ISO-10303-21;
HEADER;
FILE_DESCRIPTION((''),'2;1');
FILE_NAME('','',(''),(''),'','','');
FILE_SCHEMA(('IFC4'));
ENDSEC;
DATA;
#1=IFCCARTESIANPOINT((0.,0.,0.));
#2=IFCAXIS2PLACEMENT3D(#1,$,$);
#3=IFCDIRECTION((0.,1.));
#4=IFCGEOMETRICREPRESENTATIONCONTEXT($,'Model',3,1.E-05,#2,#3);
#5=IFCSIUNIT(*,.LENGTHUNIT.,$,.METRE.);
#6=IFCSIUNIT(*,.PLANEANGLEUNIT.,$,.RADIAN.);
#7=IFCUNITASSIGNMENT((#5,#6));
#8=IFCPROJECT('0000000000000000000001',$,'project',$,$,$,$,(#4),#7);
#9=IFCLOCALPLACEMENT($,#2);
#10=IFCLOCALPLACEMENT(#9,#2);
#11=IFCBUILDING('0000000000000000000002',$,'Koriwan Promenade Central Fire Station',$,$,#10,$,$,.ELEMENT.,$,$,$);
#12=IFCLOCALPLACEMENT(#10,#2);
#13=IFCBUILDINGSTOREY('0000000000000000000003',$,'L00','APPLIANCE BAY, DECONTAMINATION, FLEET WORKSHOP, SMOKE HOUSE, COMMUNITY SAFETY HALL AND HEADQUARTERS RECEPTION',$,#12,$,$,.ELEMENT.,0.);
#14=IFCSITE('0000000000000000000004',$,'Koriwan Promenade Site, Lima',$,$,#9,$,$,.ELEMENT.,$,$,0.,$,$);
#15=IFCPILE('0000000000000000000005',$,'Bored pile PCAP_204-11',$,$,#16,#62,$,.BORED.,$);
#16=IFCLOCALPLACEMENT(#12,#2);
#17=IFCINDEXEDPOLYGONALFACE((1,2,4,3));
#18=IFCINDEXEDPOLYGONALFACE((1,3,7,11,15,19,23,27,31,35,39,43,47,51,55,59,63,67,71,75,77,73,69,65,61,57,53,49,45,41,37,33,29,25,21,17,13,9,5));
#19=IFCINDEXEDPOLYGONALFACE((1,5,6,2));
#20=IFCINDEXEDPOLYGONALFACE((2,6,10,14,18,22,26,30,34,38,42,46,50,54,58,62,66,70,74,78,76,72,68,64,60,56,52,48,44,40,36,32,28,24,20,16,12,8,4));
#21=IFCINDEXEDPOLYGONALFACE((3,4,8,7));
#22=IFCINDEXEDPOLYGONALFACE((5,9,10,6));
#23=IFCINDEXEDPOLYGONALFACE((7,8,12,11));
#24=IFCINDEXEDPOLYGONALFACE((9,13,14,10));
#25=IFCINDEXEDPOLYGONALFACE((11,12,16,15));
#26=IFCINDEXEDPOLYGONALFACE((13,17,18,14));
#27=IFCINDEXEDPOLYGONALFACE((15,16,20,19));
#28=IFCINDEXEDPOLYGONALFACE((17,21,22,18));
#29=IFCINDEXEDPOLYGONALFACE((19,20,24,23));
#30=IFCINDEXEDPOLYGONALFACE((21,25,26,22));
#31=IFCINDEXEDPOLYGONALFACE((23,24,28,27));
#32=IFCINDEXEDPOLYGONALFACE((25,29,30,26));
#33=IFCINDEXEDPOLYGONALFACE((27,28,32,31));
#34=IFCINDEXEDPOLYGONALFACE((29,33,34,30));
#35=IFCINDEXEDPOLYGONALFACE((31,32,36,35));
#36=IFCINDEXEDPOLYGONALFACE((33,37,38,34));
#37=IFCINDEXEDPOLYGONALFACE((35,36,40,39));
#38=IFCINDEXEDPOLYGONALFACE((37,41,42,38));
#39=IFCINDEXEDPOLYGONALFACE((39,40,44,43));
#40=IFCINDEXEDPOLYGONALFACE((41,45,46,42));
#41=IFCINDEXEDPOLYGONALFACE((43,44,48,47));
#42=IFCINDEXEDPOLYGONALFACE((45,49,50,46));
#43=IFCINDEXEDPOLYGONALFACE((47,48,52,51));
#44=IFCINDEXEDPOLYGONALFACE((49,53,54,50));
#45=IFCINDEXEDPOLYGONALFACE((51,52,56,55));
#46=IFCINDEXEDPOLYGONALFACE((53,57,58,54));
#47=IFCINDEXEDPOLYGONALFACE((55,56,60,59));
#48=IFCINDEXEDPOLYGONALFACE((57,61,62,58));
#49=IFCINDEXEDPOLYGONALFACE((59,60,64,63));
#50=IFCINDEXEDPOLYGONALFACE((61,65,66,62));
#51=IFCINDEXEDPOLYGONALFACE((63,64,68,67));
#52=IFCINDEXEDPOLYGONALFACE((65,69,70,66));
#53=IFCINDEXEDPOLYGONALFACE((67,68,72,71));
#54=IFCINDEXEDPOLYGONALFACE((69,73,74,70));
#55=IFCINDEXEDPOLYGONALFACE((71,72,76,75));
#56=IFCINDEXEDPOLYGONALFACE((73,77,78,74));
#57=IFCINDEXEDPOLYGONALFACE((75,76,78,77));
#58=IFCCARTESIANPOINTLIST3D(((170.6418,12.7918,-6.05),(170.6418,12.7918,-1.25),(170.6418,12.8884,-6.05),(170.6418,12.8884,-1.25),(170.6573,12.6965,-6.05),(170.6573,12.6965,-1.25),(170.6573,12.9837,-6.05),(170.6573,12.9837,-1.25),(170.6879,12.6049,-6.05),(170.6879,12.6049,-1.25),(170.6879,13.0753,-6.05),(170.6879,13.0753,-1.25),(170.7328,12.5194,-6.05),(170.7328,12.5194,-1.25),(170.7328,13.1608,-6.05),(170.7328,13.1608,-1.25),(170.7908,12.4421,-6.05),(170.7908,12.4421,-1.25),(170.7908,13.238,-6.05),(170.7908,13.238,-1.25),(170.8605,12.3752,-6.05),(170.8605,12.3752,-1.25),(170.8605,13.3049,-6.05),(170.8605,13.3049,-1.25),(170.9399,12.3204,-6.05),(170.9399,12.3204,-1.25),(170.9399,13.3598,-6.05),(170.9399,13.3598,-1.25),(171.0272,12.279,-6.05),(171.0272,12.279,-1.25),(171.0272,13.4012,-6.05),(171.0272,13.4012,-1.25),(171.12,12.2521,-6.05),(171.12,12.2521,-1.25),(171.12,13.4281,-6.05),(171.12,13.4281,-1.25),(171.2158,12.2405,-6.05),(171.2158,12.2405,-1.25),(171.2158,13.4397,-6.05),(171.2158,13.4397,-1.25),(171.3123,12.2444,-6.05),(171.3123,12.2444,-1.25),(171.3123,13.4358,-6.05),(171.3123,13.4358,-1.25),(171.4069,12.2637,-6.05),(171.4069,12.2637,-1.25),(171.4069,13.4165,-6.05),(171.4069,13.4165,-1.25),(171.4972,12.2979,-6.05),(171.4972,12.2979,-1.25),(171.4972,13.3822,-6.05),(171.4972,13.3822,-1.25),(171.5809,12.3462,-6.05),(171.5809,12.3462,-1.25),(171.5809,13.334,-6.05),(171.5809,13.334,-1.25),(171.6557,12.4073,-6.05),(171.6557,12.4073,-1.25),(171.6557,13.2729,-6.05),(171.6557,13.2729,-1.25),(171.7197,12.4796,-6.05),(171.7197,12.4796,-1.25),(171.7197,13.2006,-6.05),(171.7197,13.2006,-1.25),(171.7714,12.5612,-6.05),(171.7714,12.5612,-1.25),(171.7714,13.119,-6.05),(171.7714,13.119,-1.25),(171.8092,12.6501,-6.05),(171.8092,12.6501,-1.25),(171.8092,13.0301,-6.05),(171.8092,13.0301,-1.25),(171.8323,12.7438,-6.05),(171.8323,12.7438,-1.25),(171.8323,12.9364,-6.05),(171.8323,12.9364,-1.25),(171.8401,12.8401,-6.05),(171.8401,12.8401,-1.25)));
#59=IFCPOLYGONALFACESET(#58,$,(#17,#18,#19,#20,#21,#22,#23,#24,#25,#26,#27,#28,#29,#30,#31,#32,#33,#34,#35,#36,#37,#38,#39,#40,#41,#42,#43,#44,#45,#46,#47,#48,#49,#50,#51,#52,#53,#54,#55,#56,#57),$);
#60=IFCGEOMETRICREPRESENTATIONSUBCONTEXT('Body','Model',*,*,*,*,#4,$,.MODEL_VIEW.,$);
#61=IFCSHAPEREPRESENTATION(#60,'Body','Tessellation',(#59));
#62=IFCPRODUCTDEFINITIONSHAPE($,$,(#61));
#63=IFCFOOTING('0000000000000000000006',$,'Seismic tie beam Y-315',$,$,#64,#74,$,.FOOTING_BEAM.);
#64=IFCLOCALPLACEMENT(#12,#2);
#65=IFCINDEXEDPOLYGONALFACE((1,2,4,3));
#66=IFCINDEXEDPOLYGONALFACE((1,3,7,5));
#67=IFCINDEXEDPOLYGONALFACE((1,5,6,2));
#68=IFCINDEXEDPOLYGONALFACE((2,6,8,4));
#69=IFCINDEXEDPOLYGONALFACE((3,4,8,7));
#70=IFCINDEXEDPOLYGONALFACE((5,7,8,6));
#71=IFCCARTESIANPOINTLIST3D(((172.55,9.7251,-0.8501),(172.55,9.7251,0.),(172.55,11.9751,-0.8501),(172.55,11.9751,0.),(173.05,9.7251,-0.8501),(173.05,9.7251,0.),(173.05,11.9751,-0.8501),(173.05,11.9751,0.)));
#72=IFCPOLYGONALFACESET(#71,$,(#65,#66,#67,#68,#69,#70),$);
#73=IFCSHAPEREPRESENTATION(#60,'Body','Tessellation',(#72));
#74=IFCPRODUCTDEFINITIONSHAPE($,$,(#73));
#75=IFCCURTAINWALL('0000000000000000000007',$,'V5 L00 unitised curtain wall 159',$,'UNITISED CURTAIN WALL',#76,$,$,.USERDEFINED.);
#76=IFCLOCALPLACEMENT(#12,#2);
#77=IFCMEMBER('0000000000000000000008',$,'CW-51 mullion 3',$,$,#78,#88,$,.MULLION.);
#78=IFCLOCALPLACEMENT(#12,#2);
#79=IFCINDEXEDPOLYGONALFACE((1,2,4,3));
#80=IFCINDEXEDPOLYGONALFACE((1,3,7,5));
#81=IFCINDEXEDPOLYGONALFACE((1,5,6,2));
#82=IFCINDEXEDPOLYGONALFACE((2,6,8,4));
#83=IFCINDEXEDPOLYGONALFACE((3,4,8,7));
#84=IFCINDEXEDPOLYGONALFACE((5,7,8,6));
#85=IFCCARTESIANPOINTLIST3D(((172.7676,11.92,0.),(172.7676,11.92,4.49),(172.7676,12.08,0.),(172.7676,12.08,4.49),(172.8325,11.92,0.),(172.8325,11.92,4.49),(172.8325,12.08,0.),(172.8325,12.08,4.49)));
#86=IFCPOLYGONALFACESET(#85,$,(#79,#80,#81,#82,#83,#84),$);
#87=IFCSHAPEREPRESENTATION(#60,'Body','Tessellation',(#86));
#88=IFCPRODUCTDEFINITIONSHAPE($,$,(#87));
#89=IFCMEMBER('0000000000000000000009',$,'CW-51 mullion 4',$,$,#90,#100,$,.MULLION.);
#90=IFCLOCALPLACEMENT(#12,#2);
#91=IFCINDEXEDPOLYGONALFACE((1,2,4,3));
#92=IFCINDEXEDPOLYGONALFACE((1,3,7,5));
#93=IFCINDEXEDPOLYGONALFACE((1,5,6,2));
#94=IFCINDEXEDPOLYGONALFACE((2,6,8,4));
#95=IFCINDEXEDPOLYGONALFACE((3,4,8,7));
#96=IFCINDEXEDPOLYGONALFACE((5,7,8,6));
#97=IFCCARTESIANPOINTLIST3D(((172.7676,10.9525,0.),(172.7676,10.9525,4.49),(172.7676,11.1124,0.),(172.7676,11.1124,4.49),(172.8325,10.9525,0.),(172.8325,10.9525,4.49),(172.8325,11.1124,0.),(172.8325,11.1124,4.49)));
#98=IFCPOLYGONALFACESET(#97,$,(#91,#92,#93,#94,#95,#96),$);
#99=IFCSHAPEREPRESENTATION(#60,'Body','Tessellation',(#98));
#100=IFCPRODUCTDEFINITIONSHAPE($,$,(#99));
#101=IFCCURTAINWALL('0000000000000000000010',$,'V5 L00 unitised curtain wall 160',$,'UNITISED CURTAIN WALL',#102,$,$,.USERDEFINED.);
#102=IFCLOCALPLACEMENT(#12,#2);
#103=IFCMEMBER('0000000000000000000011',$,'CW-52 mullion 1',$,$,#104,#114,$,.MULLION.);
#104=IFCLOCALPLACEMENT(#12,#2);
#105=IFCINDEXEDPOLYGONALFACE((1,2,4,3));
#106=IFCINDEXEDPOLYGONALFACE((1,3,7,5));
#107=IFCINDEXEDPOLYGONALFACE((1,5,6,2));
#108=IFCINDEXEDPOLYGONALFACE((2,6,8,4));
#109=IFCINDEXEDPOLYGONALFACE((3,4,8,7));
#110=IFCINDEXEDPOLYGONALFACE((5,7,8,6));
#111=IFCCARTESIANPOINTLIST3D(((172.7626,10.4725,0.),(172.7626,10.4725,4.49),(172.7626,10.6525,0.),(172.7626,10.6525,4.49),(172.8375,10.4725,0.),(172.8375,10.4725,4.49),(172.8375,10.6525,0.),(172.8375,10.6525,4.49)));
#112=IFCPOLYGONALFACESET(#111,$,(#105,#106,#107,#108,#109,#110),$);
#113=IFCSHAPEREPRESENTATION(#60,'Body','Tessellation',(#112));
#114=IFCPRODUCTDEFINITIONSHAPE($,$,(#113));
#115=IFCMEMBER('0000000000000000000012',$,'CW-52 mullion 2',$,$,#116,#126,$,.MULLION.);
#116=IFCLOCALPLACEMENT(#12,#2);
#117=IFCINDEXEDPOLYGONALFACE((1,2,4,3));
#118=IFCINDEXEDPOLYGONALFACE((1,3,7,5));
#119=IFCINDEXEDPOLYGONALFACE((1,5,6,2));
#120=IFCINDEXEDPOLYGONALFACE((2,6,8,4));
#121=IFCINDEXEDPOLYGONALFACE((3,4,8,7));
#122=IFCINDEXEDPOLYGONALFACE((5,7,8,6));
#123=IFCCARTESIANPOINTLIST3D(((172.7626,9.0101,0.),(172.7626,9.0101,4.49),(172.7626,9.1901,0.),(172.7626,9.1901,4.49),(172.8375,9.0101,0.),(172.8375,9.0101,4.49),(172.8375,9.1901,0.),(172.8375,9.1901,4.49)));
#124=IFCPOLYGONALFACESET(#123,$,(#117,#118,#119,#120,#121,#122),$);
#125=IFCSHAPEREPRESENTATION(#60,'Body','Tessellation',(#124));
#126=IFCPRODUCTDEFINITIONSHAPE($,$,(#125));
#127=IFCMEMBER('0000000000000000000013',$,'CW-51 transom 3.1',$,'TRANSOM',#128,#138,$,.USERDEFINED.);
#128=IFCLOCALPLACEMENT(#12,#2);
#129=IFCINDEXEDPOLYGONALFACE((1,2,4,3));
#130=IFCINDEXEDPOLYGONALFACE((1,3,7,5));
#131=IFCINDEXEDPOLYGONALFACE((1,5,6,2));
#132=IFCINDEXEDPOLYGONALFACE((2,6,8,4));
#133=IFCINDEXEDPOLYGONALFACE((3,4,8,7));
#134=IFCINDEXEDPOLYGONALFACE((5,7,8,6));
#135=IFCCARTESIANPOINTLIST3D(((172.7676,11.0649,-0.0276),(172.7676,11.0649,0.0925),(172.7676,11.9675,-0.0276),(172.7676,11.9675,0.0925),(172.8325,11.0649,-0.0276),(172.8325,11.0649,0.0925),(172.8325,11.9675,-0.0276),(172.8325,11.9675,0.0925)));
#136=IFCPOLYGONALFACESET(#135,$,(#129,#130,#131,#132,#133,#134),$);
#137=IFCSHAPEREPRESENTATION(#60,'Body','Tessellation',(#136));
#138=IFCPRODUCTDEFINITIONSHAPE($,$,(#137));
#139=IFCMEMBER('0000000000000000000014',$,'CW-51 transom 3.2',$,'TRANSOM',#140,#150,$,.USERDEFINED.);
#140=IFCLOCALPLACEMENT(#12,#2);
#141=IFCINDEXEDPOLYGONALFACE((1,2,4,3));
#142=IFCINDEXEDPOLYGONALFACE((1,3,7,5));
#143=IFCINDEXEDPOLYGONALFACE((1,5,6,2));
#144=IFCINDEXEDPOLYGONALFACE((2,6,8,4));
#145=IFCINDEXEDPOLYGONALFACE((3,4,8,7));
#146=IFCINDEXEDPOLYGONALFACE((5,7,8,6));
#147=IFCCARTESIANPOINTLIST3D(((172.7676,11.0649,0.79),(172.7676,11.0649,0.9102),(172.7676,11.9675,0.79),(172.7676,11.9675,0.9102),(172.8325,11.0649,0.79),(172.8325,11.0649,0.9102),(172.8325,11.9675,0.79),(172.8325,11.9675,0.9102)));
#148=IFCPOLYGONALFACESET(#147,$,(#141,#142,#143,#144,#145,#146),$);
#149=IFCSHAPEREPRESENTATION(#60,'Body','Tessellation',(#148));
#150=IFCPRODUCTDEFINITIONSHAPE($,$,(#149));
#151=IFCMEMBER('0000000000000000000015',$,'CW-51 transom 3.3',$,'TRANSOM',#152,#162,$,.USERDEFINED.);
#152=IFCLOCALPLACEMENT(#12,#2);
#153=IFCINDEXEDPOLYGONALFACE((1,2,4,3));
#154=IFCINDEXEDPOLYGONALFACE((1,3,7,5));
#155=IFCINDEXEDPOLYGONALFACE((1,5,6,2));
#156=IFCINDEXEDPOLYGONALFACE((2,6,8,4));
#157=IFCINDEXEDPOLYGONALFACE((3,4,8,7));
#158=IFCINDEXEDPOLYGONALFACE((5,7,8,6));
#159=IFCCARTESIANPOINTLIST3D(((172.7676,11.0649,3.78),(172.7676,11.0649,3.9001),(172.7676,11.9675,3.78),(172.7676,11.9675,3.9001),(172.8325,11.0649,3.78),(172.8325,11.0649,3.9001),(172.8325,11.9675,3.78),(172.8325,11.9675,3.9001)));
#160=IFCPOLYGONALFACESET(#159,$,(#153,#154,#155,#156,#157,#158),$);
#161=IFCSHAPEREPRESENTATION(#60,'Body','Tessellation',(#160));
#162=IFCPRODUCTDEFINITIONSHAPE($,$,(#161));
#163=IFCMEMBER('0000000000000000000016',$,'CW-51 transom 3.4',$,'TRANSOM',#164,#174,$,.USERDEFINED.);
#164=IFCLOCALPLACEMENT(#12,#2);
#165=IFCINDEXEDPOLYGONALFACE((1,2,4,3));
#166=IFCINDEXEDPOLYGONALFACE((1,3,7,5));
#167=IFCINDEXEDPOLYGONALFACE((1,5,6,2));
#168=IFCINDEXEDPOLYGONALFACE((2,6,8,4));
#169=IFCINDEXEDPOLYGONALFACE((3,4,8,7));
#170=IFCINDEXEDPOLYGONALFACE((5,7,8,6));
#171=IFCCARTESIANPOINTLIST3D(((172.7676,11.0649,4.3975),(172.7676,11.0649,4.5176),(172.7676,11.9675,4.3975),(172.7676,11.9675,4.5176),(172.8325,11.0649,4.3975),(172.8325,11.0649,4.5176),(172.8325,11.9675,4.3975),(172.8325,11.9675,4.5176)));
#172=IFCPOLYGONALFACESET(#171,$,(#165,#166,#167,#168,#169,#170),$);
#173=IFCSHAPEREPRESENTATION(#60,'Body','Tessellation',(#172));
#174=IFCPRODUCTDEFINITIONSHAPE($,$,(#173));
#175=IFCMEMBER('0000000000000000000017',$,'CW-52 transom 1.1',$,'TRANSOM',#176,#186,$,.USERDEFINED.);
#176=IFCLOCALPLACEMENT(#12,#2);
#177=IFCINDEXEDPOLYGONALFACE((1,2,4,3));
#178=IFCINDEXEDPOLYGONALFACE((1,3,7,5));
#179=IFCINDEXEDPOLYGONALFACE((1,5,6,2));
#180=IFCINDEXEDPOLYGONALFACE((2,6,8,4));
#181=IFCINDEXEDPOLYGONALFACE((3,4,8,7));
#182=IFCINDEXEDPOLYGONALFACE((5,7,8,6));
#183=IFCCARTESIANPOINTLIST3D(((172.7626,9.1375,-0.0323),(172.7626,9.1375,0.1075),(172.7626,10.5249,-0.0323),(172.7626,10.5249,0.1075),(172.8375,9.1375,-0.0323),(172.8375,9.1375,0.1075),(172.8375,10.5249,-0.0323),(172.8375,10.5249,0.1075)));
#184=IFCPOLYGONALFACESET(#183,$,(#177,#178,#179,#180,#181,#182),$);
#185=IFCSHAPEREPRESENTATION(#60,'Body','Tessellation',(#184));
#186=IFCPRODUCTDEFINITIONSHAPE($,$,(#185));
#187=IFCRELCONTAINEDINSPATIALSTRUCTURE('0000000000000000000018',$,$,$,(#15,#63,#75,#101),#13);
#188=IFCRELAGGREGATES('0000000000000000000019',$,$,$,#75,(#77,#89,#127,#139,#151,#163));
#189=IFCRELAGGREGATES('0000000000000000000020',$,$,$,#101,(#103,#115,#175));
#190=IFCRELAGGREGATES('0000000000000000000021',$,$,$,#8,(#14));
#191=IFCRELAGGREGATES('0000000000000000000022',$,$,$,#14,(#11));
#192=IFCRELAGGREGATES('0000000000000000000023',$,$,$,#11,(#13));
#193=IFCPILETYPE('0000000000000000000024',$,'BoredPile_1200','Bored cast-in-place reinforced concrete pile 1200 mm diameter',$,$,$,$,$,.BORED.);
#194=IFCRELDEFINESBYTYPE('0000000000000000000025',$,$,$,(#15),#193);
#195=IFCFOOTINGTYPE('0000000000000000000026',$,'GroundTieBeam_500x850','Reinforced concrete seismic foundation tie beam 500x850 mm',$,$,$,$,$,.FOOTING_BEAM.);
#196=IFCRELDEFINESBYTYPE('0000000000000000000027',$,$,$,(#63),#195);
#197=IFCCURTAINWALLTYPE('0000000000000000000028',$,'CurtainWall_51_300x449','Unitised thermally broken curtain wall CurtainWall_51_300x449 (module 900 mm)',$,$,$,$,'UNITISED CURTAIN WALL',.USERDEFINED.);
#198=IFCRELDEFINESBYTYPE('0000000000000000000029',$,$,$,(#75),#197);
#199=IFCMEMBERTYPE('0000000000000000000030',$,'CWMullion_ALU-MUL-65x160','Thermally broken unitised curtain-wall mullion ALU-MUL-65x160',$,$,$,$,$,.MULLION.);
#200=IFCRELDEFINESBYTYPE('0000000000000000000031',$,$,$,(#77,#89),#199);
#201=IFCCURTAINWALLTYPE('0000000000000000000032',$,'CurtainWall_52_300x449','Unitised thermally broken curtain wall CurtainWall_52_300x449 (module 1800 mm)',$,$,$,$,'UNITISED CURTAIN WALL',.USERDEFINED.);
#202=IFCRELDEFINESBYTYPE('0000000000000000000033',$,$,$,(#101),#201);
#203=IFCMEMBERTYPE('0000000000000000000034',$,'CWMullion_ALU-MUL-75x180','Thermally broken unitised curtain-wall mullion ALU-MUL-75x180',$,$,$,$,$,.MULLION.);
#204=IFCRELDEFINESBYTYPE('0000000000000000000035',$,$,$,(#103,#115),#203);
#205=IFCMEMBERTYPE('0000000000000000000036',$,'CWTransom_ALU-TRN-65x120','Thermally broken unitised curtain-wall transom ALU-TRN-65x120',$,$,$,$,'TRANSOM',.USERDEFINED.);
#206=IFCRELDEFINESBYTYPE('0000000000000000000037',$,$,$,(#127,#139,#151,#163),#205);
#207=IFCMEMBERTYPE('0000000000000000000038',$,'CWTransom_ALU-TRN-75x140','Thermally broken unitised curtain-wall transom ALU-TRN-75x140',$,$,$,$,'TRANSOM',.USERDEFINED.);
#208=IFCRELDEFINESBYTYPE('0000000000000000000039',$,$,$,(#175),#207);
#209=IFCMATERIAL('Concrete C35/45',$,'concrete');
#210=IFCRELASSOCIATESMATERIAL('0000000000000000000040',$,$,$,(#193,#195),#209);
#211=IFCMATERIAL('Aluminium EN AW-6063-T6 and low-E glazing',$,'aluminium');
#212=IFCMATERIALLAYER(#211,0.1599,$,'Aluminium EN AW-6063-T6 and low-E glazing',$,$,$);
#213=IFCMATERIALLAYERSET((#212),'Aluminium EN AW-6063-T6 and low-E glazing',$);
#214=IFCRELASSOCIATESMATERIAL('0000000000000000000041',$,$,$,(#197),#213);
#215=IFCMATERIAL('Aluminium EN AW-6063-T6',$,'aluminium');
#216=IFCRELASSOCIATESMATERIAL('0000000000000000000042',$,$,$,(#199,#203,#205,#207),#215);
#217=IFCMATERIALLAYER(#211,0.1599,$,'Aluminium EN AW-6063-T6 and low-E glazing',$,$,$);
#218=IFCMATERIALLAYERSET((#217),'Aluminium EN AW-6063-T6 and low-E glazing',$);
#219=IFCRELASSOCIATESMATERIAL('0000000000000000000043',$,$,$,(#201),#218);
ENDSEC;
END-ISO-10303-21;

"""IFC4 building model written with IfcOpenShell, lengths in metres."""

from ifc_helpers import new_model, si_unit, direction, frame, origin, origin_2d, place, context, subcontext, project, spatial, rectangle, circle, extrude, material, layer, layer_set, material_profile, profile_set, type_object, element, aggregate, save


model = new_model("IFC4")

# Units and contexts
model_context = context("Model", 3, precision=1e-05, world=origin(), true_north=direction((0.0, 1.0)))
body_context = subcontext(model_context, "Body", "Model", "MODEL_VIEW")
ifc_project = project(units=[si_unit("LENGTHUNIT", "METRE"), si_unit("PLANEANGLEUNIT", "RADIAN")], contexts=[model_context])

# Site, building, storey
site_placement = place(None, origin())
site = spatial("IfcSite", under=ifc_project, at=site_placement, Name="Koriwan Promenade Site, Lima", CompositionType="ELEMENT", RefElevation=0.0)
building_placement = place(site_placement, origin())
building = spatial("IfcBuilding", under=site, at=building_placement, Name="Koriwan Promenade Central Fire Station", CompositionType="ELEMENT")
storey_placement = place(building_placement, origin())
storey = spatial("IfcBuildingStorey", under=building, at=storey_placement, Name="L00", Description="APPLIANCE BAY, DECONTAMINATION, FLEET WORKSHOP, SMOKE HOUSE, COMMUNITY SAFETY HALL AND HEADQUARTERS RECEPTION", CompositionType="ELEMENT", Elevation=0.0)

# Pile
ifc_material_1 = material(Name="Concrete C35/45", Category="concrete")
ifc_material_profile_1 = material_profile(ifc_material_1, circle(Radius=0.6001, at=origin_2d()), Name="PILE-D1200")
ifc_profile_set_1 = profile_set([ifc_material_profile_1], Name="Concrete C35/45")
pile_type = type_object("IfcPileType", Name="BoredPile_1200", Description="Bored cast-in-place reinforced concrete pile 1200 mm diameter", PredefinedType="BORED", material=ifc_profile_set_1)
pile_placement = place(storey_placement, frame((171.24, 12.8401, -1.25), z_axis=(0.0, 0.0, -1.0), x_axis=(1.0, 0.0, 0.0)))
element("IfcPile", 1, at=pile_placement, inside=storey, type_object=pile_type, Name="Bored pile PCAP_204-11", PredefinedType="BORED", context=body_context, shape_type="SweptSolid", body=[
    extrude(circle(Radius=0.6001, at=origin_2d()), origin(), (0.0, 0.0, 1.0), 4.8),
])

# Footing
footing_type = type_object("IfcFootingType", Name="GroundTieBeam_500x850", Description="Reinforced concrete seismic foundation tie beam 500x850 mm", PredefinedType="FOOTING_BEAM", material=ifc_material_1)
footing_placement = place(storey_placement, frame((172.8, 10.8501, -0.8501), z_axis=(0.0, 0.0, 1.0), x_axis=(0.0, 1.0, 0.0)))
element("IfcFooting", 2, at=footing_placement, inside=storey, type_object=footing_type, Name="Seismic tie beam Y-315", PredefinedType="FOOTING_BEAM", context=body_context, shape_type="SweptSolid", body=[
    extrude(rectangle(XDim=2.25, YDim=0.5, at=origin_2d()), origin(), (0.0, 0.0, 1.0), 0.8501),
])

# Curtain walls, members
ifc_material_2 = material(Name="Aluminium EN AW-6063-T6 and low-E glazing", Category="aluminium")
ifc_layer_1 = layer(ifc_material_2, 0.1599, Name="Aluminium EN AW-6063-T6 and low-E glazing")
ifc_layer_set_1 = layer_set([ifc_layer_1], Name="Aluminium EN AW-6063-T6 and low-E glazing")
curtain_wall_type_1 = type_object("IfcCurtainWallType", Name="CurtainWall_51_300x449", Description="Unitised thermally broken curtain wall CurtainWall_51_300x449 (module 900 mm)", ElementType="UNITISED CURTAIN WALL", PredefinedType="USERDEFINED", material=ifc_layer_set_1)
curtain_wall_1_placement = place(storey_placement, origin())
curtain_wall_1 = element("IfcCurtainWall", 3, at=curtain_wall_1_placement, inside=storey, type_object=curtain_wall_type_1, Name="V5 L00 unitised curtain wall 159", ObjectType="UNITISED CURTAIN WALL", PredefinedType="USERDEFINED")
ifc_material_3 = material(Name="Aluminium EN AW-6063-T6", Category="aluminium")
ifc_material_profile_2 = material_profile(ifc_material_3, rectangle(XDim=0.0649, YDim=0.1599, at=origin_2d()), Name="ALU-MUL-65x160")
ifc_profile_set_2 = profile_set([ifc_material_profile_2], Name="Aluminium EN AW-6063-T6")
member_type_1 = type_object("IfcMemberType", Name="CWMullion_ALU-MUL-65x160", Description="Thermally broken unitised curtain-wall mullion ALU-MUL-65x160", PredefinedType="MULLION", material=ifc_profile_set_2)
member_1_placement = place(storey_placement, frame((172.8, 12.0, 0.0), z_axis=(0.0, 0.0, 1.0), x_axis=(1.0, 0.0, 0.0)))
member_1 = element("IfcMember", 4, at=member_1_placement, type_object=member_type_1, Name="CW-51 mullion 3", PredefinedType="MULLION", context=body_context, shape_type="SweptSolid", body=[
    extrude(rectangle(XDim=0.0649, YDim=0.1599, at=origin_2d()), origin(), (0.0, 0.0, 1.0), 4.49),
])
member_2_placement = place(storey_placement, frame((172.8, 11.0325, 0.0), z_axis=(0.0, 0.0, 1.0), x_axis=(1.0, 0.0, 0.0)))
member_2 = element("IfcMember", 5, at=member_2_placement, type_object=member_type_1, Name="CW-51 mullion 4", PredefinedType="MULLION", context=body_context, shape_type="SweptSolid", body=[
    extrude(rectangle(XDim=0.0649, YDim=0.1599, at=origin_2d()), origin(), (0.0, 0.0, 1.0), 4.49),
])
ifc_layer_2 = layer(ifc_material_2, 0.1599, Name="Aluminium EN AW-6063-T6 and low-E glazing")
ifc_layer_set_2 = layer_set([ifc_layer_2], Name="Aluminium EN AW-6063-T6 and low-E glazing")
curtain_wall_type_2 = type_object("IfcCurtainWallType", Name="CurtainWall_52_300x449", Description="Unitised thermally broken curtain wall CurtainWall_52_300x449 (module 1800 mm)", ElementType="UNITISED CURTAIN WALL", PredefinedType="USERDEFINED", material=ifc_layer_set_2)
curtain_wall_2_placement = place(storey_placement, origin())
curtain_wall_2 = element("IfcCurtainWall", 6, at=curtain_wall_2_placement, inside=storey, type_object=curtain_wall_type_2, Name="V5 L00 unitised curtain wall 160", ObjectType="UNITISED CURTAIN WALL", PredefinedType="USERDEFINED")
ifc_material_profile_3 = material_profile(ifc_material_3, rectangle(XDim=0.075, YDim=0.1799, at=origin_2d()), Name="ALU-MUL-75x180")
ifc_profile_set_3 = profile_set([ifc_material_profile_3], Name="Aluminium EN AW-6063-T6")
member_type_2 = type_object("IfcMemberType", Name="CWMullion_ALU-MUL-75x180", Description="Thermally broken unitised curtain-wall mullion ALU-MUL-75x180", PredefinedType="MULLION", material=ifc_profile_set_3)
member_3_placement = place(storey_placement, frame((172.8, 10.5625, 0.0), z_axis=(0.0, 0.0, 1.0), x_axis=(1.0, 0.0, 0.0)))
member_3 = element("IfcMember", 7, at=member_3_placement, type_object=member_type_2, Name="CW-52 mullion 1", PredefinedType="MULLION", context=body_context, shape_type="SweptSolid", body=[
    extrude(rectangle(XDim=0.075, YDim=0.1799, at=origin_2d()), origin(), (0.0, 0.0, 1.0), 4.49),
])
member_4_placement = place(storey_placement, frame((172.8, 9.1001, 0.0), z_axis=(0.0, 0.0, 1.0), x_axis=(1.0, 0.0, 0.0)))
member_4 = element("IfcMember", 8, at=member_4_placement, type_object=member_type_2, Name="CW-52 mullion 2", PredefinedType="MULLION", context=body_context, shape_type="SweptSolid", body=[
    extrude(rectangle(XDim=0.075, YDim=0.1799, at=origin_2d()), origin(), (0.0, 0.0, 1.0), 4.49),
])

# Members
ifc_material_profile_4 = material_profile(ifc_material_3, rectangle(XDim=0.0649, YDim=0.1201, at=origin_2d()), Name="ALU-TRN-65x120")
ifc_profile_set_4 = profile_set([ifc_material_profile_4], Name="Aluminium EN AW-6063-T6")
member_type_3 = type_object("IfcMemberType", Name="CWTransom_ALU-TRN-65x120", Description="Thermally broken unitised curtain-wall transom ALU-TRN-65x120", ElementType="TRANSOM", PredefinedType="USERDEFINED", material=ifc_profile_set_4)
member_5_placement = place(storey_placement, frame((172.8, 11.9675, 0.0325), z_axis=(0.0, -1.0, 0.0), x_axis=(1.0, 0.0, 0.0)))
member_5 = element("IfcMember", 9, at=member_5_placement, type_object=member_type_3, Name="CW-51 transom 3.1", ObjectType="TRANSOM", PredefinedType="USERDEFINED", context=body_context, shape_type="SweptSolid", body=[
    extrude(rectangle(XDim=0.0649, YDim=0.1201, at=origin_2d()), origin(), (0.0, 0.0, 1.0), 0.9026),
])
member_6_placement = place(storey_placement, frame((172.8, 11.9675, 0.8501), z_axis=(0.0, -1.0, 0.0), x_axis=(1.0, 0.0, 0.0)))
member_6 = element("IfcMember", 10, at=member_6_placement, type_object=member_type_3, Name="CW-51 transom 3.2", ObjectType="TRANSOM", PredefinedType="USERDEFINED", context=body_context, shape_type="SweptSolid", body=[
    extrude(rectangle(XDim=0.0649, YDim=0.1201, at=origin_2d()), origin(), (0.0, 0.0, 1.0), 0.9026),
])
member_7_placement = place(storey_placement, frame((172.8, 11.9675, 3.8401), z_axis=(0.0, -1.0, 0.0), x_axis=(1.0, 0.0, 0.0)))
member_7 = element("IfcMember", 11, at=member_7_placement, type_object=member_type_3, Name="CW-51 transom 3.3", ObjectType="TRANSOM", PredefinedType="USERDEFINED", context=body_context, shape_type="SweptSolid", body=[
    extrude(rectangle(XDim=0.0649, YDim=0.1201, at=origin_2d()), origin(), (0.0, 0.0, 1.0), 0.9026),
])
member_8_placement = place(storey_placement, frame((172.8, 11.9675, 4.4575), z_axis=(0.0, -1.0, 0.0), x_axis=(1.0, 0.0, 0.0)))
member_8 = element("IfcMember", 12, at=member_8_placement, type_object=member_type_3, Name="CW-51 transom 3.4", ObjectType="TRANSOM", PredefinedType="USERDEFINED", context=body_context, shape_type="SweptSolid", body=[
    extrude(rectangle(XDim=0.0649, YDim=0.1201, at=origin_2d()), origin(), (0.0, 0.0, 1.0), 0.9026),
])
ifc_material_profile_5 = material_profile(ifc_material_3, rectangle(XDim=0.075, YDim=0.1399, at=origin_2d()), Name="ALU-TRN-75x140")
ifc_profile_set_5 = profile_set([ifc_material_profile_5], Name="Aluminium EN AW-6063-T6")
member_type_4 = type_object("IfcMemberType", Name="CWTransom_ALU-TRN-75x140", Description="Thermally broken unitised curtain-wall transom ALU-TRN-75x140", ElementType="TRANSOM", PredefinedType="USERDEFINED", material=ifc_profile_set_5)
member_9_placement = place(storey_placement, frame((172.8, 10.5249, 0.0376), z_axis=(0.0, -1.0, 0.0), x_axis=(1.0, 0.0, 0.0)))
member_9 = element("IfcMember", 13, at=member_9_placement, type_object=member_type_4, Name="CW-52 transom 1.1", ObjectType="TRANSOM", PredefinedType="USERDEFINED", context=body_context, shape_type="SweptSolid", body=[
    extrude(rectangle(XDim=0.075, YDim=0.1399, at=origin_2d()), origin(), (0.0, 0.0, 1.0), 1.3875),
])

aggregate(curtain_wall_1, [member_1, member_2, member_5, member_6, member_7, member_8])
aggregate(curtain_wall_2, [member_3, member_4, member_9])

save(model, "model.ifc")
